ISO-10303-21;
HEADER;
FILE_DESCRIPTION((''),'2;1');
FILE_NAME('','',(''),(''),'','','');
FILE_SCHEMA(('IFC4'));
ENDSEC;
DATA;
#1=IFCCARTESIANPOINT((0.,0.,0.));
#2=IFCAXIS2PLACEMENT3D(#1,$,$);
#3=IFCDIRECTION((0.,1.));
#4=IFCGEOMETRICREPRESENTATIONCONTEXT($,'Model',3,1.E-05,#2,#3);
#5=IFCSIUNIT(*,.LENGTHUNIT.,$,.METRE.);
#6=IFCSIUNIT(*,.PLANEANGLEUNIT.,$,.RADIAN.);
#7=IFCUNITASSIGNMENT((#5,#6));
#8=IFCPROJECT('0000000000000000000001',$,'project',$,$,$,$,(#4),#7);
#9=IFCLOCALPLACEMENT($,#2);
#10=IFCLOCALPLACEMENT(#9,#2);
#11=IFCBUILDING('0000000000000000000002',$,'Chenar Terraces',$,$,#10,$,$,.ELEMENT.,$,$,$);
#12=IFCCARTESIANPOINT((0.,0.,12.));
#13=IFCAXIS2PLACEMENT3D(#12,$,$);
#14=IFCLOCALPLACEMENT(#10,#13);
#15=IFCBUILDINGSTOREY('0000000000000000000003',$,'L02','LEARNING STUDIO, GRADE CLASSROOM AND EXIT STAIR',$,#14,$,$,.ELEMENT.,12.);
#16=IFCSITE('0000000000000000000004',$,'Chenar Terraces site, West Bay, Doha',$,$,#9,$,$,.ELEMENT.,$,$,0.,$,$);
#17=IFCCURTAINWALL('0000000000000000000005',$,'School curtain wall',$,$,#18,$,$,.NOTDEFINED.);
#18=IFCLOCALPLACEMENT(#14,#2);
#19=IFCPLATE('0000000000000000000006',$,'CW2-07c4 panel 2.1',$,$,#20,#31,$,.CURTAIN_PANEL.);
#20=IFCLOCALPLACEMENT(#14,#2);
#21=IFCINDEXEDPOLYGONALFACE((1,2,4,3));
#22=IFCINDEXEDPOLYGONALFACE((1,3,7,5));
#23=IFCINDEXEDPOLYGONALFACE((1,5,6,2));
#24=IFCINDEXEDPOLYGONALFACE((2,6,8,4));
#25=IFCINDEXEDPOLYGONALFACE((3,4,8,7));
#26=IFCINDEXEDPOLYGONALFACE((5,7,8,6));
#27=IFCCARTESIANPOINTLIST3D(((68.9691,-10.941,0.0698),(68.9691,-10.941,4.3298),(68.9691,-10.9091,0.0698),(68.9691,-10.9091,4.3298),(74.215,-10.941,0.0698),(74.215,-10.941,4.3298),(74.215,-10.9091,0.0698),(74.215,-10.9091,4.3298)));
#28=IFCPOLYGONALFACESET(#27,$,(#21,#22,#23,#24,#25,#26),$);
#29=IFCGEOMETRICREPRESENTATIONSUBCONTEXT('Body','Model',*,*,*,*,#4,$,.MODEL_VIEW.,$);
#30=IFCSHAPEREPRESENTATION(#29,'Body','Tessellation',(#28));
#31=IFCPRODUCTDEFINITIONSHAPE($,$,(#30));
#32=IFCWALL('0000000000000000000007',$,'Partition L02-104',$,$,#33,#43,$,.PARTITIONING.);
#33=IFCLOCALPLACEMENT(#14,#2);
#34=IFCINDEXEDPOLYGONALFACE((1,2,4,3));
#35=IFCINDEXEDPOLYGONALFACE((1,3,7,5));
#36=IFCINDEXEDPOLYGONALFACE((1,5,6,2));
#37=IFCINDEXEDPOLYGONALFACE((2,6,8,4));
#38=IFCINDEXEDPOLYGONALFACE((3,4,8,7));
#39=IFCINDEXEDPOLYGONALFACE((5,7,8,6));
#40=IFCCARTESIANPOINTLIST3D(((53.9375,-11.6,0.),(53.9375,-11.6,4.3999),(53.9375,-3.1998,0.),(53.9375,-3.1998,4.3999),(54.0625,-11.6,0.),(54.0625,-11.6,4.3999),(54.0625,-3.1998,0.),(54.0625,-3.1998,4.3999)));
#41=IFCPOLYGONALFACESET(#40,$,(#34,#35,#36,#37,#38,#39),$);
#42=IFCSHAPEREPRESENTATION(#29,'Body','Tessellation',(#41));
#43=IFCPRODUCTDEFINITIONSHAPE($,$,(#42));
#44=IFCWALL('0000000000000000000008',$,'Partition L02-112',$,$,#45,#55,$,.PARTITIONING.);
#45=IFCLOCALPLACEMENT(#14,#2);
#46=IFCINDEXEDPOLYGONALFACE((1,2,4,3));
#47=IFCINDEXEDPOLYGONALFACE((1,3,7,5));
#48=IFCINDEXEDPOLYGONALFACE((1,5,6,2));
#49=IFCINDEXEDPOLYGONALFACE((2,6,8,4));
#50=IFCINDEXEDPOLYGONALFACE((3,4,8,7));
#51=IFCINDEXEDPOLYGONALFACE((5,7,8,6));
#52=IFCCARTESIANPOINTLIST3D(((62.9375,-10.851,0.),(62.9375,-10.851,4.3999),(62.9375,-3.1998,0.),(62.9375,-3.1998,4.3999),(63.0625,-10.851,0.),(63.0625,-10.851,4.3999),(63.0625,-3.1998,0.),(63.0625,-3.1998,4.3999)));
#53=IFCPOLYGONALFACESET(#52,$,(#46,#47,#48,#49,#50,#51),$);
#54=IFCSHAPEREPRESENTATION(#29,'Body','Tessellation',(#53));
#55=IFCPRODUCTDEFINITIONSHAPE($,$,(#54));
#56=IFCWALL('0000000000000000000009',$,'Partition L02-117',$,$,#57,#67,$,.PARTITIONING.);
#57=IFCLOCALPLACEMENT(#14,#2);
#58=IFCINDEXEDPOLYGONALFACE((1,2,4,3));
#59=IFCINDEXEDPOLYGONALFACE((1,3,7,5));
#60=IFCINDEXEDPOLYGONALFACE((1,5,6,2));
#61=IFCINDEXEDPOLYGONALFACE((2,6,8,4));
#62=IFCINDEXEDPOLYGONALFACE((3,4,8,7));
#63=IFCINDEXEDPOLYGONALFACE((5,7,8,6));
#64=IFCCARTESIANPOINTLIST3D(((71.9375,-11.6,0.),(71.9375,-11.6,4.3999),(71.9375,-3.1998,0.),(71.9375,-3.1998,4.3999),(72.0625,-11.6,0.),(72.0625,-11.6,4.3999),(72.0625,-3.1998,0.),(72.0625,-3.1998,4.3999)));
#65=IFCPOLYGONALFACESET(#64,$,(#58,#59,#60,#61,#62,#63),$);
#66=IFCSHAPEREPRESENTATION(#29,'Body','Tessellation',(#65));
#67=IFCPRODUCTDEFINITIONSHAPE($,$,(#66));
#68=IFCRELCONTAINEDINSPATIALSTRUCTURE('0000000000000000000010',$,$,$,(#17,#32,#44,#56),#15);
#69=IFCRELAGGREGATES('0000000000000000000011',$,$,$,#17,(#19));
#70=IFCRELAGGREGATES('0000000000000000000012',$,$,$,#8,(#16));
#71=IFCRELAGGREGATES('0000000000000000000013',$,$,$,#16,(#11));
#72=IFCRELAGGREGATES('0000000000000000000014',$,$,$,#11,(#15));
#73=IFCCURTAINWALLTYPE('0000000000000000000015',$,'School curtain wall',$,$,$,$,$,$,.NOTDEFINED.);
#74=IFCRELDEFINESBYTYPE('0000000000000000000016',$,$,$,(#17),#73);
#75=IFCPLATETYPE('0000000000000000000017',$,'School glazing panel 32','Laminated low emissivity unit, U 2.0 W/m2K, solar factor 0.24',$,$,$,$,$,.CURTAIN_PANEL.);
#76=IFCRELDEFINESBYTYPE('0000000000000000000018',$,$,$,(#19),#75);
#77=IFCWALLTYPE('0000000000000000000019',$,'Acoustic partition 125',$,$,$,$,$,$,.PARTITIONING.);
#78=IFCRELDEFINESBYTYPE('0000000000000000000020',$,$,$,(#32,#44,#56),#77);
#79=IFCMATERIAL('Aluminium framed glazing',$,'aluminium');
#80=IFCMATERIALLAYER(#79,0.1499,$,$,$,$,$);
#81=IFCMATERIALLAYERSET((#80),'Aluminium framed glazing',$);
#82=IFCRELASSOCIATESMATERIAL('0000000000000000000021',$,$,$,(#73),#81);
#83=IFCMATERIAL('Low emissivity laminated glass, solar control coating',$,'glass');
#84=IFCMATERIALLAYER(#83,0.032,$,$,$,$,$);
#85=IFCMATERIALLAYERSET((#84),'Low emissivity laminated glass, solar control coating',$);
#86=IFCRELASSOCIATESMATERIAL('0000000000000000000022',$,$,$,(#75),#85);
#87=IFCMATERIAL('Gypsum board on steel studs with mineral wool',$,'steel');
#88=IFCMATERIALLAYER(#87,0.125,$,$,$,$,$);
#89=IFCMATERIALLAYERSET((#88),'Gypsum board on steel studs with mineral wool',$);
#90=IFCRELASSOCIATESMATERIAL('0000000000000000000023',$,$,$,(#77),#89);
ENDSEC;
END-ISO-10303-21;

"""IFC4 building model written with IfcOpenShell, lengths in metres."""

from ifc_helpers import new_model, si_unit, direction, frame, frame_2d, origin, origin_2d, place, context, subcontext, project, spatial, rectangle, extrude, material, layer, layer_set, type_object, element, aggregate, save


model = new_model("IFC4")

# Units and contexts
model_context = context("Model", 3, precision=1e-05, world=origin(), true_north=direction((0.0, 1.0)))
body_context = subcontext(model_context, "Body", "Model", "MODEL_VIEW")
ifc_project = project(units=[si_unit("LENGTHUNIT", "METRE"), si_unit("PLANEANGLEUNIT", "RADIAN")], contexts=[model_context])

# Site, building, storey
site_placement = place(None, origin())
site = spatial("IfcSite", under=ifc_project, at=site_placement, Name="Chenar Terraces site, West Bay, Doha", CompositionType="ELEMENT", RefElevation=0.0)
building_placement = place(site_placement, origin())
building = spatial("IfcBuilding", under=site, at=building_placement, Name="Chenar Terraces", CompositionType="ELEMENT")
storey_placement = place(building_placement, frame((0.0, 0.0, 12.0)))
storey = spatial("IfcBuildingStorey", under=building, at=storey_placement, Name="L02", Description="LEARNING STUDIO, GRADE CLASSROOM AND EXIT STAIR", CompositionType="ELEMENT", Elevation=12.0)

# Curtain wall
ifc_material_1 = material(Name="Aluminium framed glazing", Category="aluminium")
ifc_layer_1 = layer(ifc_material_1, 0.1499)
ifc_layer_set_1 = layer_set([ifc_layer_1], Name="Aluminium framed glazing")
curtain_wall_type = type_object("IfcCurtainWallType", Name="School curtain wall", PredefinedType="NOTDEFINED", material=ifc_layer_set_1)
placement = place(storey_placement, origin())
curtain_wall_1 = element("IfcCurtainWall", 1, at=placement, inside=storey, type_object=curtain_wall_type, Name="School curtain wall", PredefinedType="NOTDEFINED")

# Plate
ifc_material_2 = material(Name="Low emissivity laminated glass, solar control coating", Category="glass")
ifc_layer_2 = layer(ifc_material_2, 0.032)
ifc_layer_set_2 = layer_set([ifc_layer_2], Name="Low emissivity laminated glass, solar control coating")
plate_type = type_object("IfcPlateType", Name="School glazing panel 32", Description="Laminated low emissivity unit, U 2.0 W/m2K, solar factor 0.24", PredefinedType="CURTAIN_PANEL", material=ifc_layer_set_2)
plate_1_placement = place(storey_placement, frame((71.592, -10.925, 0.0698), z_axis=(0.0, 0.0, 1.0), x_axis=(1.0, 0.0, 0.0)))
plate_1 = element("IfcPlate", 2, at=plate_1_placement, type_object=plate_type, Name="CW2-07c4 panel 2.1", PredefinedType="CURTAIN_PANEL", context=body_context, shape_type="SweptSolid", body=[
    extrude(rectangle(XDim=5.2458, YDim=0.032, at=origin_2d()), origin(), (0.0, 0.0, 1.0), 4.26),
])
aggregate(curtain_wall_1, [plate_1])

# Walls
ifc_material_3 = material(Name="Gypsum board on steel studs with mineral wool", Category="steel")
ifc_layer_3 = layer(ifc_material_3, 0.125)
ifc_layer_set_3 = layer_set([ifc_layer_3], Name="Gypsum board on steel studs with mineral wool")
wall_type_1 = type_object("IfcWallType", Name="Acoustic partition 125", PredefinedType="PARTITIONING", material=ifc_layer_set_3)
wall_1_placement = place(storey_placement, frame((54.0, -11.6001, 0.0), z_axis=(0.0, 0.0, 1.0), x_axis=(0.0, 1.0, 0.0)))
element("IfcWall", 3, at=wall_1_placement, inside=storey, type_object=wall_type_1, Name="Partition L02-104", PredefinedType="PARTITIONING", context=body_context, shape_type="SweptSolid", body=[
    extrude(rectangle(XDim=8.4001, YDim=0.125, at=frame_2d((4.2002, 0.0))), origin(), (0.0, 0.0, 1.0), 4.3999),
])
wall_2_placement = place(storey_placement, frame((63.0, -10.8511, 0.0), z_axis=(0.0, 0.0, 1.0), x_axis=(0.0, 1.0, 0.0)))
element("IfcWall", 4, at=wall_2_placement, inside=storey, type_object=wall_type_1, Name="Partition L02-112", PredefinedType="PARTITIONING", context=body_context, shape_type="SweptSolid", body=[
    extrude(rectangle(XDim=7.6511, YDim=0.125, at=frame_2d((3.8257, 0.0))), origin(), (0.0, 0.0, 1.0), 4.3999),
])
wall_3_placement = place(storey_placement, frame((72.0, -11.6001, 0.0), z_axis=(0.0, 0.0, 1.0), x_axis=(0.0, 1.0, 0.0)))
element("IfcWall", 5, at=wall_3_placement, inside=storey, type_object=wall_type_1, Name="Partition L02-117", PredefinedType="PARTITIONING", context=body_context, shape_type="SweptSolid", body=[
    extrude(rectangle(XDim=8.4001, YDim=0.125, at=frame_2d((4.2002, 0.0))), origin(), (0.0, 0.0, 1.0), 4.3999),
])

save(model, "model.ifc")
